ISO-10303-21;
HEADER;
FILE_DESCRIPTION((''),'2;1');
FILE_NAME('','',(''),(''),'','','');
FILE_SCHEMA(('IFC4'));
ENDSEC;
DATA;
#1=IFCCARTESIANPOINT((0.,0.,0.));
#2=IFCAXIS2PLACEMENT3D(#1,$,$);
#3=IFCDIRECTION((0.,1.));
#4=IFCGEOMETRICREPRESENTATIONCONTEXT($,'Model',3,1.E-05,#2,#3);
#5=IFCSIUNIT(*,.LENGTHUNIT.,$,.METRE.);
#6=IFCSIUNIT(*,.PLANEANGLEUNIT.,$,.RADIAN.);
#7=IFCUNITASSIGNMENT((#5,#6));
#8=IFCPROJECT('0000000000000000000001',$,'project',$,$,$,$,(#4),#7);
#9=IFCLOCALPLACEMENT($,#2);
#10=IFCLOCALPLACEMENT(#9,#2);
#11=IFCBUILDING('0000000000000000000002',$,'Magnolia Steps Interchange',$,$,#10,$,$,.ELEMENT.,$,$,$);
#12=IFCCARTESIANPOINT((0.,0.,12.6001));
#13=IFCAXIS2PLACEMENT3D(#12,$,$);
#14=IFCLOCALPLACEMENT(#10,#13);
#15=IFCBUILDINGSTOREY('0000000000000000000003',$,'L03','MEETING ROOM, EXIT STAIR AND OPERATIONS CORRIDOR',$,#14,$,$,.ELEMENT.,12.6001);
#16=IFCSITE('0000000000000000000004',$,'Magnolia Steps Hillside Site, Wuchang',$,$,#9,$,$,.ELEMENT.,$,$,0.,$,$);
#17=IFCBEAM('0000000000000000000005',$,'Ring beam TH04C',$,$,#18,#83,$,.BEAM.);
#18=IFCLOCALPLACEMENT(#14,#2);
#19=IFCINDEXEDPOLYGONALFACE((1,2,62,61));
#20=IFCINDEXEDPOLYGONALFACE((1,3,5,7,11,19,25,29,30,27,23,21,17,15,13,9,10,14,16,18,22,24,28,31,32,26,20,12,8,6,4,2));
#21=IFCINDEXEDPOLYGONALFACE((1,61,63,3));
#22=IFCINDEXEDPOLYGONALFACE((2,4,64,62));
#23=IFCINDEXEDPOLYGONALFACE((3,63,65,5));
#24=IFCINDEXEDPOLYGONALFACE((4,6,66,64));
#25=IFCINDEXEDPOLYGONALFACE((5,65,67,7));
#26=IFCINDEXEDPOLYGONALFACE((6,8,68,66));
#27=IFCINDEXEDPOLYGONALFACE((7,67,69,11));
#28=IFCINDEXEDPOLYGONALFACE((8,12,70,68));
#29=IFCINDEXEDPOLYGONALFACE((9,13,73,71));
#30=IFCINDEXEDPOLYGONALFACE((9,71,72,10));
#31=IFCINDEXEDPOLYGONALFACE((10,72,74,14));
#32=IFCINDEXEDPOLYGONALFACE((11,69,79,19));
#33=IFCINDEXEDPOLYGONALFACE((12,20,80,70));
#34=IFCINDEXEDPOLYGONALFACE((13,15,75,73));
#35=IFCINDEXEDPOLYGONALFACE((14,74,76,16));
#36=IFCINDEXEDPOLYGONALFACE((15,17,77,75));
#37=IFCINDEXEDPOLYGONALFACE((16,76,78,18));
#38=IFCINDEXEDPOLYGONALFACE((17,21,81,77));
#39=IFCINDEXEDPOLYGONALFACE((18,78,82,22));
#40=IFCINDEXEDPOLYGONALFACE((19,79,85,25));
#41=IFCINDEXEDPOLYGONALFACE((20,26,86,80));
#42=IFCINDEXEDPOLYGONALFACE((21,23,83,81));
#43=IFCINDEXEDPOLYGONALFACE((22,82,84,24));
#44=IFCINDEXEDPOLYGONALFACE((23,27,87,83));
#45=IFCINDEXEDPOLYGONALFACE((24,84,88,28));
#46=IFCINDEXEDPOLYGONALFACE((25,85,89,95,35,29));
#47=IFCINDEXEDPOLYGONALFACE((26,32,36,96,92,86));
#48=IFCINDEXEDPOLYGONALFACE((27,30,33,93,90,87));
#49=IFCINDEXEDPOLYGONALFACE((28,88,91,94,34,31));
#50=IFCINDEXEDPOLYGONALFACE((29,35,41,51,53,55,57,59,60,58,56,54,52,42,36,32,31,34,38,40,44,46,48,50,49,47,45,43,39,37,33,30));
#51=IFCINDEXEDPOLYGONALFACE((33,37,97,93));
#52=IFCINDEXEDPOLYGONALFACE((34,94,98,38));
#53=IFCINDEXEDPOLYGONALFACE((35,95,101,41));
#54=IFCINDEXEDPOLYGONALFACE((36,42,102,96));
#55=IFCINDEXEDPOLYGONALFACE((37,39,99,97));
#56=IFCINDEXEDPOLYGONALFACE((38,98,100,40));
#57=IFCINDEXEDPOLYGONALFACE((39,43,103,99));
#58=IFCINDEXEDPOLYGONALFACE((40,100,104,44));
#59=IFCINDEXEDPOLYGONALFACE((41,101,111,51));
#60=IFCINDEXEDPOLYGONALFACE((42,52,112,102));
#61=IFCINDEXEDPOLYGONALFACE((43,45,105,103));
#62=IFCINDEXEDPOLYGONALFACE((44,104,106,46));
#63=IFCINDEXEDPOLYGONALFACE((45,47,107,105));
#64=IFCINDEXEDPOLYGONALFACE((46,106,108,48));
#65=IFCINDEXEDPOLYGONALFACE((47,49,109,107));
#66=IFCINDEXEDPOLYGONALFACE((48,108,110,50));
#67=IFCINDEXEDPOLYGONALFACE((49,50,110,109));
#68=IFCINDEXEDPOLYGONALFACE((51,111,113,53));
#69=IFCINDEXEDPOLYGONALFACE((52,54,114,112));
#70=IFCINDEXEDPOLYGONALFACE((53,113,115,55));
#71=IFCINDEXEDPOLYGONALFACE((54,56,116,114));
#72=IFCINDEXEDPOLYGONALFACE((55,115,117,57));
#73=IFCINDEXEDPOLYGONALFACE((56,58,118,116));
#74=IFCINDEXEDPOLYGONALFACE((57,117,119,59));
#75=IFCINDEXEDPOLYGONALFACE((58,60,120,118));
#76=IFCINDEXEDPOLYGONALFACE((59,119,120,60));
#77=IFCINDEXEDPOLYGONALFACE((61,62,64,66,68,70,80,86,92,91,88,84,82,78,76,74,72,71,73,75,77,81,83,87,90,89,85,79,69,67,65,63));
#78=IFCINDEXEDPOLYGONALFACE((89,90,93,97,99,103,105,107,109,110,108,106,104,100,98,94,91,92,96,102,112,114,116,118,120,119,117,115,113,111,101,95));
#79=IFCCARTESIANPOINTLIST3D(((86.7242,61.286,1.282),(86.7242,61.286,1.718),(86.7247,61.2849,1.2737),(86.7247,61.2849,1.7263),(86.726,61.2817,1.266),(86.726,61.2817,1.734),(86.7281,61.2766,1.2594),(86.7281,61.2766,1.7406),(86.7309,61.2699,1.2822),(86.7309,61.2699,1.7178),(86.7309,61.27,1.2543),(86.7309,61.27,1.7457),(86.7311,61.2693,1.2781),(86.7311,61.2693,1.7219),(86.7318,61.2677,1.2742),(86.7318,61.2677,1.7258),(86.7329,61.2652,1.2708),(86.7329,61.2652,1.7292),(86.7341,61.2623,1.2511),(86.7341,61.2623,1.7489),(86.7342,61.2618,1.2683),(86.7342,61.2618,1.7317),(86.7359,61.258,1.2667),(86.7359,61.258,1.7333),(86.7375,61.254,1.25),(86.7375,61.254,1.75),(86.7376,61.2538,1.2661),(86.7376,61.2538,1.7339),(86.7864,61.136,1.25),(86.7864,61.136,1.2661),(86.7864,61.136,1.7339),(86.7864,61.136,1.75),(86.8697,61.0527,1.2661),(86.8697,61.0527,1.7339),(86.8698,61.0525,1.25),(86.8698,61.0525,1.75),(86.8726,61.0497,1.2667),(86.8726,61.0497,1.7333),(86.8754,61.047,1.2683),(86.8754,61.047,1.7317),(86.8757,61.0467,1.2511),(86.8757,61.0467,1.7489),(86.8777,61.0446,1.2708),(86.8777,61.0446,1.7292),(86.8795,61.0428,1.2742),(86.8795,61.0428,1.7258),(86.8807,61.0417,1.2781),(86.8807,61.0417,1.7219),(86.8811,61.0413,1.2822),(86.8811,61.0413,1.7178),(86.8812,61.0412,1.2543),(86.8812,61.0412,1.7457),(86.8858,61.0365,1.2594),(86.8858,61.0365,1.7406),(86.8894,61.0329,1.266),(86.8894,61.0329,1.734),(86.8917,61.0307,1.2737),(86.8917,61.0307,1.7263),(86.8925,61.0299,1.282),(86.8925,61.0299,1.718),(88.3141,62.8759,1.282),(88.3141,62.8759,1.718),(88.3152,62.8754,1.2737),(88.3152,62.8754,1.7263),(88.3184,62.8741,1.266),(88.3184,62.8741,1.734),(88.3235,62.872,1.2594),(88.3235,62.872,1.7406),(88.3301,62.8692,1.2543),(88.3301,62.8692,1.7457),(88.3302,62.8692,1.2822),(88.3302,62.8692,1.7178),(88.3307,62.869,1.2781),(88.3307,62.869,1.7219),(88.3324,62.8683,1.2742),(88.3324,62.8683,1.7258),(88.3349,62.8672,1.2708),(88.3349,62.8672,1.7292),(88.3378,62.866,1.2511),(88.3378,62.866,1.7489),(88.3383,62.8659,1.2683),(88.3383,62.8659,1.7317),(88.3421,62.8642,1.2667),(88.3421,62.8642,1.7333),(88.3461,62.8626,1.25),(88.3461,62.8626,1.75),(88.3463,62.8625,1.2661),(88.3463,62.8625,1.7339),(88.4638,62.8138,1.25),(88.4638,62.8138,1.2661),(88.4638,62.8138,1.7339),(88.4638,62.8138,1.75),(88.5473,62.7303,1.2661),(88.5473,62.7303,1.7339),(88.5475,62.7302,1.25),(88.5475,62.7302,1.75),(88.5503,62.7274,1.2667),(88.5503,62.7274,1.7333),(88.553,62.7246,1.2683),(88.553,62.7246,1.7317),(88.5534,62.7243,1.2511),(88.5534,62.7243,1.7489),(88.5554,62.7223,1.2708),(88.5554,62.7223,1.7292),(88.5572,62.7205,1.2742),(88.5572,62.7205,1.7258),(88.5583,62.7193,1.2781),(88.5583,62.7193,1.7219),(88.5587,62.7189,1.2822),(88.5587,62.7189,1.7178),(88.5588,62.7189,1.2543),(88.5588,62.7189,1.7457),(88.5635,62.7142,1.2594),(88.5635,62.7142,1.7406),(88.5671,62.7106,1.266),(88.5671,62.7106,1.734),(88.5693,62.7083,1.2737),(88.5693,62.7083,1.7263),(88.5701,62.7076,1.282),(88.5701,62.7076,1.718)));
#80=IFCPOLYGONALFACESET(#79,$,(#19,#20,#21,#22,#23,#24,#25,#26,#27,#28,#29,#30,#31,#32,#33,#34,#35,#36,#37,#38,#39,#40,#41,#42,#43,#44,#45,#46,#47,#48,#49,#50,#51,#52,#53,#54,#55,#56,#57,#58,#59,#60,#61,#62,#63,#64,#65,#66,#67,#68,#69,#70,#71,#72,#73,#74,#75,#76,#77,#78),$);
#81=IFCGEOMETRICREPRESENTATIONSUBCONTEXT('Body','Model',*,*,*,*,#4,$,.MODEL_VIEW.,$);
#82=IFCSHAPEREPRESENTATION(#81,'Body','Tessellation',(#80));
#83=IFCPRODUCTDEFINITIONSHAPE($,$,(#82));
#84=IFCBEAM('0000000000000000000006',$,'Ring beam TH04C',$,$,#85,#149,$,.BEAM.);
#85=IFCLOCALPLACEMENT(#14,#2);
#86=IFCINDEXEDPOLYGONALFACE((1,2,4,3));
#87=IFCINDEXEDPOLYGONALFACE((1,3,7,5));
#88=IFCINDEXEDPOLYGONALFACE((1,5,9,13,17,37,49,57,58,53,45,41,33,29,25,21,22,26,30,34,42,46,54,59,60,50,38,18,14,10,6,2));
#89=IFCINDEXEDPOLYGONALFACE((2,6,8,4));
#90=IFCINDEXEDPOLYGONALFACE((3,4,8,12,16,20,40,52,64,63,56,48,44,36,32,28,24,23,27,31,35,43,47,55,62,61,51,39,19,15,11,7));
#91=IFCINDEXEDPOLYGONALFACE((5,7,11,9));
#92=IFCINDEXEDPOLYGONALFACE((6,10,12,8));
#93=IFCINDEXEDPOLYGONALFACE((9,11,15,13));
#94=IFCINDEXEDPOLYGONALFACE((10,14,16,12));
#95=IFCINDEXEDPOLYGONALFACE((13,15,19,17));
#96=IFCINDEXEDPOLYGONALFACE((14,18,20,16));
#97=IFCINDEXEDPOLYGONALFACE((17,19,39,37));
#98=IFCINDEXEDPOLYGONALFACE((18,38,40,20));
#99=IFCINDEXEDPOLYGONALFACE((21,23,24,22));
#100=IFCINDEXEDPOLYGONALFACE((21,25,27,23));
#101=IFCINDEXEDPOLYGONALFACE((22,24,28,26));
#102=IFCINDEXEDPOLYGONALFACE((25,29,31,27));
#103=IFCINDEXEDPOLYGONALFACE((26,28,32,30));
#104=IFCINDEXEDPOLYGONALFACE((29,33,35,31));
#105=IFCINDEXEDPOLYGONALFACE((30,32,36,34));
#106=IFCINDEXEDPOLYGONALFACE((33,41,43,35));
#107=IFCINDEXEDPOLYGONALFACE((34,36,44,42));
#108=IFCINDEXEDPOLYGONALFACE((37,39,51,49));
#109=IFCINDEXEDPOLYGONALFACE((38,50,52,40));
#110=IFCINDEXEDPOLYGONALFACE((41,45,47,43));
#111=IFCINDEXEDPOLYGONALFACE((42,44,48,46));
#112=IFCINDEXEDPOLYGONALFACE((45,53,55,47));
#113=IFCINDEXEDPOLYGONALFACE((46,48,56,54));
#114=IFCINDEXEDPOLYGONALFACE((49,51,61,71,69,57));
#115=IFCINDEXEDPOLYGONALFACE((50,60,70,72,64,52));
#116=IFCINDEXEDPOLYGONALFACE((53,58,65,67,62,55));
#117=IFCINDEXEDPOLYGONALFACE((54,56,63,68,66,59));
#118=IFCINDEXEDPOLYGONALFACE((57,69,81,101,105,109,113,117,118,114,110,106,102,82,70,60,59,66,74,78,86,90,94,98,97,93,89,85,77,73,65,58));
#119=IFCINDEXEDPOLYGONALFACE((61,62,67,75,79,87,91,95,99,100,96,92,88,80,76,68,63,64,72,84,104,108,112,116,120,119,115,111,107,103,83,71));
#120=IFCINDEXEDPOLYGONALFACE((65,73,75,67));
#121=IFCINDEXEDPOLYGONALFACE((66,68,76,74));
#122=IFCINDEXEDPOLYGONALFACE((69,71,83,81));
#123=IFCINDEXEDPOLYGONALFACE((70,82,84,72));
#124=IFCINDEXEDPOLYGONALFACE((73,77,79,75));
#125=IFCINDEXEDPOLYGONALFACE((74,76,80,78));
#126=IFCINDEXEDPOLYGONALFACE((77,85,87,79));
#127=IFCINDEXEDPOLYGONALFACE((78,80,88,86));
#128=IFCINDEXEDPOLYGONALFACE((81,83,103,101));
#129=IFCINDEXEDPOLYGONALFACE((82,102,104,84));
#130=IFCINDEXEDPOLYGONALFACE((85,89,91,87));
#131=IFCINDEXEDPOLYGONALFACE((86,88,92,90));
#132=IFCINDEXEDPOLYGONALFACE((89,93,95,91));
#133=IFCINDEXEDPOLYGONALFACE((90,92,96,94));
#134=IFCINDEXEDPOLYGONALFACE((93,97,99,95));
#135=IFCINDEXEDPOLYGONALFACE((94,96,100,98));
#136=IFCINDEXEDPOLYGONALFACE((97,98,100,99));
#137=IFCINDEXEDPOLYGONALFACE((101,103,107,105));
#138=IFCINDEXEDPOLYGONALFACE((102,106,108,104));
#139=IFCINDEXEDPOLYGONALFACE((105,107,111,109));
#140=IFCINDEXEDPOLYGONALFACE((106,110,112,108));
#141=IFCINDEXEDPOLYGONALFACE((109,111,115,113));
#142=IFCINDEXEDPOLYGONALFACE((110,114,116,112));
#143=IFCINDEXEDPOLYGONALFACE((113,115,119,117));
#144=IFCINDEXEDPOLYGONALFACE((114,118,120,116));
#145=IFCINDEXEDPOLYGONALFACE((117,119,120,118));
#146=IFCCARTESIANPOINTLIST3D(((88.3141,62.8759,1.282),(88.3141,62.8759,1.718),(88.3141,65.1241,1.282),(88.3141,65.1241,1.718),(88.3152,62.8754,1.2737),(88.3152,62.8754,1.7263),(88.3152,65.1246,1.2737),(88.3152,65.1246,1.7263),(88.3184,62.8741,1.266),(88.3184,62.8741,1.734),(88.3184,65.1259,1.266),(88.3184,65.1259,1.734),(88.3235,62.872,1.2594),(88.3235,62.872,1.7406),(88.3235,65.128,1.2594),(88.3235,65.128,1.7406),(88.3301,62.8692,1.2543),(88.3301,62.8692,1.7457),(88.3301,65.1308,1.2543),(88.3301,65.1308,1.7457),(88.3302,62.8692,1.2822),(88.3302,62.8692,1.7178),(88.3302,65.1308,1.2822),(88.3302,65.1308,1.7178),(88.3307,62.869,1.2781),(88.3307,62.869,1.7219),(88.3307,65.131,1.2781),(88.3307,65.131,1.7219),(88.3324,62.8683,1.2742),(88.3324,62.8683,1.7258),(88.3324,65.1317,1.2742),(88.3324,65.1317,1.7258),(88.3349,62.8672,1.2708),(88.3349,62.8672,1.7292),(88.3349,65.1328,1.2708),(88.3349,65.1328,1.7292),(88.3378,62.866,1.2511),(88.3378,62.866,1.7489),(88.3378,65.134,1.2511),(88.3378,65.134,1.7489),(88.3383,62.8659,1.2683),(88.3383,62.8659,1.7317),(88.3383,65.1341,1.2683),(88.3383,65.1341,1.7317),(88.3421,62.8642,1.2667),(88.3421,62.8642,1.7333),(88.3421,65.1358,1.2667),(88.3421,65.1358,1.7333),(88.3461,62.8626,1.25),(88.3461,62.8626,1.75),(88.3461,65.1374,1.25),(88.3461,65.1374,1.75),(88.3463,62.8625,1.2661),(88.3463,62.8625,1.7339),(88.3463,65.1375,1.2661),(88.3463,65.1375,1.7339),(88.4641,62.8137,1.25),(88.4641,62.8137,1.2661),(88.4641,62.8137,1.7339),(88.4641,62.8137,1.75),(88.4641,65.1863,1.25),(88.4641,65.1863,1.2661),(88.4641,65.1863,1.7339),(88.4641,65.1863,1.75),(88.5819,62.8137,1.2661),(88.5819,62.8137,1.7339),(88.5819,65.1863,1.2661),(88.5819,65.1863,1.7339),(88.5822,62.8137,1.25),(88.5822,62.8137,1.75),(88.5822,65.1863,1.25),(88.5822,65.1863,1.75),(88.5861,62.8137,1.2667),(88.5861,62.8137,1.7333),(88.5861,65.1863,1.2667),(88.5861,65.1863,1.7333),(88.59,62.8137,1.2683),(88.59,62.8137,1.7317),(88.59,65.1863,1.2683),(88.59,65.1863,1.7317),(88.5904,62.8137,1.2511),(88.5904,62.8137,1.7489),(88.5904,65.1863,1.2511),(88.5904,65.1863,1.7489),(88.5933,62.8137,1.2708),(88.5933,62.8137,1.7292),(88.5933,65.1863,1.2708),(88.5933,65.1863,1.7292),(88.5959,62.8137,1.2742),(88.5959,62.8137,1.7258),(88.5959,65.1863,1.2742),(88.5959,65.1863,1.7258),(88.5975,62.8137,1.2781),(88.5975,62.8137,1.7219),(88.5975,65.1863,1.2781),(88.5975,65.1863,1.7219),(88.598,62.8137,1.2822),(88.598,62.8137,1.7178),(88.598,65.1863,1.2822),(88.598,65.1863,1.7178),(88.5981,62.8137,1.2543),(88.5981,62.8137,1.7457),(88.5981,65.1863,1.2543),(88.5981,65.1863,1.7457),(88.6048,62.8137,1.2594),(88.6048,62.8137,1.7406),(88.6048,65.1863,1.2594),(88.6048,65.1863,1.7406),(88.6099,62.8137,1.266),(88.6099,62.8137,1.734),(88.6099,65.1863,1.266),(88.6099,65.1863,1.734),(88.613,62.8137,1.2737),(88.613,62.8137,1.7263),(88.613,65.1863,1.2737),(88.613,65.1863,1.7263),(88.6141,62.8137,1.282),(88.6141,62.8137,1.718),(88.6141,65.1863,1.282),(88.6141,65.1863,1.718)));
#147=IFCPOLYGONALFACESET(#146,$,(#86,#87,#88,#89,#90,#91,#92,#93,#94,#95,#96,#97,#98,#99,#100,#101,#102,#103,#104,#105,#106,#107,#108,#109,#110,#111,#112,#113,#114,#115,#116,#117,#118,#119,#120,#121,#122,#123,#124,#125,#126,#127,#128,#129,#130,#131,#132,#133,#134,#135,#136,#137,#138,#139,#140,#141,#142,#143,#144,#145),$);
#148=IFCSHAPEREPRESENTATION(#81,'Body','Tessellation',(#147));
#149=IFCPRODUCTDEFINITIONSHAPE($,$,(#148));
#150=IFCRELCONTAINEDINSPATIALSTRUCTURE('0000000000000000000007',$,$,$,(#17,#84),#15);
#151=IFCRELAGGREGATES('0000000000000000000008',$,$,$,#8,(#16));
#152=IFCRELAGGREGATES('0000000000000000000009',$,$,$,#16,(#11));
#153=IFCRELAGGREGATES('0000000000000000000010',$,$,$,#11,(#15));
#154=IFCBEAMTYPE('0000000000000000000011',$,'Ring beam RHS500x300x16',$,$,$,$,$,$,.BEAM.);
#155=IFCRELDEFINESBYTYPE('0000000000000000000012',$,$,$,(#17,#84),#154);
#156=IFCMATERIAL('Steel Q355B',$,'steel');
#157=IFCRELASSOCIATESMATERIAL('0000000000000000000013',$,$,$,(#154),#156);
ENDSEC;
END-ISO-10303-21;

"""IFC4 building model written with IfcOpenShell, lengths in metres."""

from ifc_helpers import new_model, si_unit, direction, frame, origin, origin_2d, place, context, subcontext, project, spatial, hollow_rectangle, extrude, clip, halfspace, material, material_profile, profile_set, type_object, element, save


model = new_model("IFC4")

# Units and contexts
model_context = context("Model", 3, precision=1e-05, world=origin(), true_north=direction((0.0, 1.0)))
body_context = subcontext(model_context, "Body", "Model", "MODEL_VIEW")
ifc_project = project(units=[si_unit("LENGTHUNIT", "METRE"), si_unit("PLANEANGLEUNIT", "RADIAN")], contexts=[model_context])

# Site, building, storey
site_placement = place(None, origin())
site = spatial("IfcSite", under=ifc_project, at=site_placement, Name="Magnolia Steps Hillside Site, Wuchang", CompositionType="ELEMENT", RefElevation=0.0)
building_placement = place(site_placement, origin())
building = spatial("IfcBuilding", under=site, at=building_placement, Name="Magnolia Steps Interchange", CompositionType="ELEMENT")
storey_placement = place(building_placement, frame((0.0, 0.0, 12.6001)))
storey = spatial("IfcBuildingStorey", under=building, at=storey_placement, Name="L03", Description="MEETING ROOM, EXIT STAIR AND OPERATIONS CORRIDOR", CompositionType="ELEMENT", Elevation=12.6001)

# Beams
ifc_material_1 = material(Name="Steel Q355B", Category="steel")
ifc_material_profile_1 = material_profile(ifc_material_1, hollow_rectangle(XDim=0.3, YDim=0.5, WallThickness=0.0161, InnerFilletRadius=0.0161, OuterFilletRadius=0.032, at=origin_2d()), Name="RHS500x300x16")
ifc_profile_set_1 = profile_set([ifc_material_profile_1], Name="Steel Q355B")
beam_type_1 = type_object("IfcBeamType", Name="Ring beam RHS500x300x16", PredefinedType="BEAM", material=ifc_profile_set_1)
beam_1_placement = place(storey_placement, frame((86.7864, 61.136, 1.5), z_axis=(0.707107, 0.707107, 0.0), x_axis=(-0.707107, 0.707107, 0.0)))
element("IfcBeam", 1, at=beam_1_placement, inside=storey, type_object=beam_type_1, Name="Ring beam TH04C", PredefinedType="BEAM", context=body_context, shape_type="Clipping", body=[
    clip(clip(extrude(hollow_rectangle(XDim=0.3, YDim=0.5, WallThickness=0.0161, InnerFilletRadius=0.0161, OuterFilletRadius=0.032, at=origin_2d()), origin(), (0.0, 0.0, 1.0), 2.3726), halfspace(frame((0.0, 0.0, 0.0), z_axis=(0.382683, 0.0, -0.92388), x_axis=(0.92388, 0.0, 0.382683)), False)), halfspace(frame((0.0, 0.0, 2.3727), z_axis=(0.382683, 0.0, 0.92388), x_axis=(0.92388, 0.0, -0.382683)), False)),
])
beam_2_placement = place(storey_placement, frame((88.4641, 62.8137, 1.5), z_axis=(0.0, 1.0, 0.0), x_axis=(-1.0, 0.0, 0.0)))
element("IfcBeam", 2, at=beam_2_placement, inside=storey, type_object=beam_type_1, Name="Ring beam TH04C", PredefinedType="BEAM", context=body_context, shape_type="Clipping", body=[
    clip(clip(extrude(hollow_rectangle(XDim=0.3, YDim=0.5, WallThickness=0.0161, InnerFilletRadius=0.0161, OuterFilletRadius=0.032, at=origin_2d()), origin(), (0.0, 0.0, 1.0), 2.3726), halfspace(frame((0.0, 0.0, 0.0), z_axis=(0.382683, 0.0, -0.92388), x_axis=(0.92388, 0.0, 0.382683)), False)), halfspace(frame((0.0, 0.0, 2.3726), z_axis=(0.382683, 0.0, 0.92388), x_axis=(0.92388, 0.0, -0.382683)), False)),
])

save(model, "model.ifc")
